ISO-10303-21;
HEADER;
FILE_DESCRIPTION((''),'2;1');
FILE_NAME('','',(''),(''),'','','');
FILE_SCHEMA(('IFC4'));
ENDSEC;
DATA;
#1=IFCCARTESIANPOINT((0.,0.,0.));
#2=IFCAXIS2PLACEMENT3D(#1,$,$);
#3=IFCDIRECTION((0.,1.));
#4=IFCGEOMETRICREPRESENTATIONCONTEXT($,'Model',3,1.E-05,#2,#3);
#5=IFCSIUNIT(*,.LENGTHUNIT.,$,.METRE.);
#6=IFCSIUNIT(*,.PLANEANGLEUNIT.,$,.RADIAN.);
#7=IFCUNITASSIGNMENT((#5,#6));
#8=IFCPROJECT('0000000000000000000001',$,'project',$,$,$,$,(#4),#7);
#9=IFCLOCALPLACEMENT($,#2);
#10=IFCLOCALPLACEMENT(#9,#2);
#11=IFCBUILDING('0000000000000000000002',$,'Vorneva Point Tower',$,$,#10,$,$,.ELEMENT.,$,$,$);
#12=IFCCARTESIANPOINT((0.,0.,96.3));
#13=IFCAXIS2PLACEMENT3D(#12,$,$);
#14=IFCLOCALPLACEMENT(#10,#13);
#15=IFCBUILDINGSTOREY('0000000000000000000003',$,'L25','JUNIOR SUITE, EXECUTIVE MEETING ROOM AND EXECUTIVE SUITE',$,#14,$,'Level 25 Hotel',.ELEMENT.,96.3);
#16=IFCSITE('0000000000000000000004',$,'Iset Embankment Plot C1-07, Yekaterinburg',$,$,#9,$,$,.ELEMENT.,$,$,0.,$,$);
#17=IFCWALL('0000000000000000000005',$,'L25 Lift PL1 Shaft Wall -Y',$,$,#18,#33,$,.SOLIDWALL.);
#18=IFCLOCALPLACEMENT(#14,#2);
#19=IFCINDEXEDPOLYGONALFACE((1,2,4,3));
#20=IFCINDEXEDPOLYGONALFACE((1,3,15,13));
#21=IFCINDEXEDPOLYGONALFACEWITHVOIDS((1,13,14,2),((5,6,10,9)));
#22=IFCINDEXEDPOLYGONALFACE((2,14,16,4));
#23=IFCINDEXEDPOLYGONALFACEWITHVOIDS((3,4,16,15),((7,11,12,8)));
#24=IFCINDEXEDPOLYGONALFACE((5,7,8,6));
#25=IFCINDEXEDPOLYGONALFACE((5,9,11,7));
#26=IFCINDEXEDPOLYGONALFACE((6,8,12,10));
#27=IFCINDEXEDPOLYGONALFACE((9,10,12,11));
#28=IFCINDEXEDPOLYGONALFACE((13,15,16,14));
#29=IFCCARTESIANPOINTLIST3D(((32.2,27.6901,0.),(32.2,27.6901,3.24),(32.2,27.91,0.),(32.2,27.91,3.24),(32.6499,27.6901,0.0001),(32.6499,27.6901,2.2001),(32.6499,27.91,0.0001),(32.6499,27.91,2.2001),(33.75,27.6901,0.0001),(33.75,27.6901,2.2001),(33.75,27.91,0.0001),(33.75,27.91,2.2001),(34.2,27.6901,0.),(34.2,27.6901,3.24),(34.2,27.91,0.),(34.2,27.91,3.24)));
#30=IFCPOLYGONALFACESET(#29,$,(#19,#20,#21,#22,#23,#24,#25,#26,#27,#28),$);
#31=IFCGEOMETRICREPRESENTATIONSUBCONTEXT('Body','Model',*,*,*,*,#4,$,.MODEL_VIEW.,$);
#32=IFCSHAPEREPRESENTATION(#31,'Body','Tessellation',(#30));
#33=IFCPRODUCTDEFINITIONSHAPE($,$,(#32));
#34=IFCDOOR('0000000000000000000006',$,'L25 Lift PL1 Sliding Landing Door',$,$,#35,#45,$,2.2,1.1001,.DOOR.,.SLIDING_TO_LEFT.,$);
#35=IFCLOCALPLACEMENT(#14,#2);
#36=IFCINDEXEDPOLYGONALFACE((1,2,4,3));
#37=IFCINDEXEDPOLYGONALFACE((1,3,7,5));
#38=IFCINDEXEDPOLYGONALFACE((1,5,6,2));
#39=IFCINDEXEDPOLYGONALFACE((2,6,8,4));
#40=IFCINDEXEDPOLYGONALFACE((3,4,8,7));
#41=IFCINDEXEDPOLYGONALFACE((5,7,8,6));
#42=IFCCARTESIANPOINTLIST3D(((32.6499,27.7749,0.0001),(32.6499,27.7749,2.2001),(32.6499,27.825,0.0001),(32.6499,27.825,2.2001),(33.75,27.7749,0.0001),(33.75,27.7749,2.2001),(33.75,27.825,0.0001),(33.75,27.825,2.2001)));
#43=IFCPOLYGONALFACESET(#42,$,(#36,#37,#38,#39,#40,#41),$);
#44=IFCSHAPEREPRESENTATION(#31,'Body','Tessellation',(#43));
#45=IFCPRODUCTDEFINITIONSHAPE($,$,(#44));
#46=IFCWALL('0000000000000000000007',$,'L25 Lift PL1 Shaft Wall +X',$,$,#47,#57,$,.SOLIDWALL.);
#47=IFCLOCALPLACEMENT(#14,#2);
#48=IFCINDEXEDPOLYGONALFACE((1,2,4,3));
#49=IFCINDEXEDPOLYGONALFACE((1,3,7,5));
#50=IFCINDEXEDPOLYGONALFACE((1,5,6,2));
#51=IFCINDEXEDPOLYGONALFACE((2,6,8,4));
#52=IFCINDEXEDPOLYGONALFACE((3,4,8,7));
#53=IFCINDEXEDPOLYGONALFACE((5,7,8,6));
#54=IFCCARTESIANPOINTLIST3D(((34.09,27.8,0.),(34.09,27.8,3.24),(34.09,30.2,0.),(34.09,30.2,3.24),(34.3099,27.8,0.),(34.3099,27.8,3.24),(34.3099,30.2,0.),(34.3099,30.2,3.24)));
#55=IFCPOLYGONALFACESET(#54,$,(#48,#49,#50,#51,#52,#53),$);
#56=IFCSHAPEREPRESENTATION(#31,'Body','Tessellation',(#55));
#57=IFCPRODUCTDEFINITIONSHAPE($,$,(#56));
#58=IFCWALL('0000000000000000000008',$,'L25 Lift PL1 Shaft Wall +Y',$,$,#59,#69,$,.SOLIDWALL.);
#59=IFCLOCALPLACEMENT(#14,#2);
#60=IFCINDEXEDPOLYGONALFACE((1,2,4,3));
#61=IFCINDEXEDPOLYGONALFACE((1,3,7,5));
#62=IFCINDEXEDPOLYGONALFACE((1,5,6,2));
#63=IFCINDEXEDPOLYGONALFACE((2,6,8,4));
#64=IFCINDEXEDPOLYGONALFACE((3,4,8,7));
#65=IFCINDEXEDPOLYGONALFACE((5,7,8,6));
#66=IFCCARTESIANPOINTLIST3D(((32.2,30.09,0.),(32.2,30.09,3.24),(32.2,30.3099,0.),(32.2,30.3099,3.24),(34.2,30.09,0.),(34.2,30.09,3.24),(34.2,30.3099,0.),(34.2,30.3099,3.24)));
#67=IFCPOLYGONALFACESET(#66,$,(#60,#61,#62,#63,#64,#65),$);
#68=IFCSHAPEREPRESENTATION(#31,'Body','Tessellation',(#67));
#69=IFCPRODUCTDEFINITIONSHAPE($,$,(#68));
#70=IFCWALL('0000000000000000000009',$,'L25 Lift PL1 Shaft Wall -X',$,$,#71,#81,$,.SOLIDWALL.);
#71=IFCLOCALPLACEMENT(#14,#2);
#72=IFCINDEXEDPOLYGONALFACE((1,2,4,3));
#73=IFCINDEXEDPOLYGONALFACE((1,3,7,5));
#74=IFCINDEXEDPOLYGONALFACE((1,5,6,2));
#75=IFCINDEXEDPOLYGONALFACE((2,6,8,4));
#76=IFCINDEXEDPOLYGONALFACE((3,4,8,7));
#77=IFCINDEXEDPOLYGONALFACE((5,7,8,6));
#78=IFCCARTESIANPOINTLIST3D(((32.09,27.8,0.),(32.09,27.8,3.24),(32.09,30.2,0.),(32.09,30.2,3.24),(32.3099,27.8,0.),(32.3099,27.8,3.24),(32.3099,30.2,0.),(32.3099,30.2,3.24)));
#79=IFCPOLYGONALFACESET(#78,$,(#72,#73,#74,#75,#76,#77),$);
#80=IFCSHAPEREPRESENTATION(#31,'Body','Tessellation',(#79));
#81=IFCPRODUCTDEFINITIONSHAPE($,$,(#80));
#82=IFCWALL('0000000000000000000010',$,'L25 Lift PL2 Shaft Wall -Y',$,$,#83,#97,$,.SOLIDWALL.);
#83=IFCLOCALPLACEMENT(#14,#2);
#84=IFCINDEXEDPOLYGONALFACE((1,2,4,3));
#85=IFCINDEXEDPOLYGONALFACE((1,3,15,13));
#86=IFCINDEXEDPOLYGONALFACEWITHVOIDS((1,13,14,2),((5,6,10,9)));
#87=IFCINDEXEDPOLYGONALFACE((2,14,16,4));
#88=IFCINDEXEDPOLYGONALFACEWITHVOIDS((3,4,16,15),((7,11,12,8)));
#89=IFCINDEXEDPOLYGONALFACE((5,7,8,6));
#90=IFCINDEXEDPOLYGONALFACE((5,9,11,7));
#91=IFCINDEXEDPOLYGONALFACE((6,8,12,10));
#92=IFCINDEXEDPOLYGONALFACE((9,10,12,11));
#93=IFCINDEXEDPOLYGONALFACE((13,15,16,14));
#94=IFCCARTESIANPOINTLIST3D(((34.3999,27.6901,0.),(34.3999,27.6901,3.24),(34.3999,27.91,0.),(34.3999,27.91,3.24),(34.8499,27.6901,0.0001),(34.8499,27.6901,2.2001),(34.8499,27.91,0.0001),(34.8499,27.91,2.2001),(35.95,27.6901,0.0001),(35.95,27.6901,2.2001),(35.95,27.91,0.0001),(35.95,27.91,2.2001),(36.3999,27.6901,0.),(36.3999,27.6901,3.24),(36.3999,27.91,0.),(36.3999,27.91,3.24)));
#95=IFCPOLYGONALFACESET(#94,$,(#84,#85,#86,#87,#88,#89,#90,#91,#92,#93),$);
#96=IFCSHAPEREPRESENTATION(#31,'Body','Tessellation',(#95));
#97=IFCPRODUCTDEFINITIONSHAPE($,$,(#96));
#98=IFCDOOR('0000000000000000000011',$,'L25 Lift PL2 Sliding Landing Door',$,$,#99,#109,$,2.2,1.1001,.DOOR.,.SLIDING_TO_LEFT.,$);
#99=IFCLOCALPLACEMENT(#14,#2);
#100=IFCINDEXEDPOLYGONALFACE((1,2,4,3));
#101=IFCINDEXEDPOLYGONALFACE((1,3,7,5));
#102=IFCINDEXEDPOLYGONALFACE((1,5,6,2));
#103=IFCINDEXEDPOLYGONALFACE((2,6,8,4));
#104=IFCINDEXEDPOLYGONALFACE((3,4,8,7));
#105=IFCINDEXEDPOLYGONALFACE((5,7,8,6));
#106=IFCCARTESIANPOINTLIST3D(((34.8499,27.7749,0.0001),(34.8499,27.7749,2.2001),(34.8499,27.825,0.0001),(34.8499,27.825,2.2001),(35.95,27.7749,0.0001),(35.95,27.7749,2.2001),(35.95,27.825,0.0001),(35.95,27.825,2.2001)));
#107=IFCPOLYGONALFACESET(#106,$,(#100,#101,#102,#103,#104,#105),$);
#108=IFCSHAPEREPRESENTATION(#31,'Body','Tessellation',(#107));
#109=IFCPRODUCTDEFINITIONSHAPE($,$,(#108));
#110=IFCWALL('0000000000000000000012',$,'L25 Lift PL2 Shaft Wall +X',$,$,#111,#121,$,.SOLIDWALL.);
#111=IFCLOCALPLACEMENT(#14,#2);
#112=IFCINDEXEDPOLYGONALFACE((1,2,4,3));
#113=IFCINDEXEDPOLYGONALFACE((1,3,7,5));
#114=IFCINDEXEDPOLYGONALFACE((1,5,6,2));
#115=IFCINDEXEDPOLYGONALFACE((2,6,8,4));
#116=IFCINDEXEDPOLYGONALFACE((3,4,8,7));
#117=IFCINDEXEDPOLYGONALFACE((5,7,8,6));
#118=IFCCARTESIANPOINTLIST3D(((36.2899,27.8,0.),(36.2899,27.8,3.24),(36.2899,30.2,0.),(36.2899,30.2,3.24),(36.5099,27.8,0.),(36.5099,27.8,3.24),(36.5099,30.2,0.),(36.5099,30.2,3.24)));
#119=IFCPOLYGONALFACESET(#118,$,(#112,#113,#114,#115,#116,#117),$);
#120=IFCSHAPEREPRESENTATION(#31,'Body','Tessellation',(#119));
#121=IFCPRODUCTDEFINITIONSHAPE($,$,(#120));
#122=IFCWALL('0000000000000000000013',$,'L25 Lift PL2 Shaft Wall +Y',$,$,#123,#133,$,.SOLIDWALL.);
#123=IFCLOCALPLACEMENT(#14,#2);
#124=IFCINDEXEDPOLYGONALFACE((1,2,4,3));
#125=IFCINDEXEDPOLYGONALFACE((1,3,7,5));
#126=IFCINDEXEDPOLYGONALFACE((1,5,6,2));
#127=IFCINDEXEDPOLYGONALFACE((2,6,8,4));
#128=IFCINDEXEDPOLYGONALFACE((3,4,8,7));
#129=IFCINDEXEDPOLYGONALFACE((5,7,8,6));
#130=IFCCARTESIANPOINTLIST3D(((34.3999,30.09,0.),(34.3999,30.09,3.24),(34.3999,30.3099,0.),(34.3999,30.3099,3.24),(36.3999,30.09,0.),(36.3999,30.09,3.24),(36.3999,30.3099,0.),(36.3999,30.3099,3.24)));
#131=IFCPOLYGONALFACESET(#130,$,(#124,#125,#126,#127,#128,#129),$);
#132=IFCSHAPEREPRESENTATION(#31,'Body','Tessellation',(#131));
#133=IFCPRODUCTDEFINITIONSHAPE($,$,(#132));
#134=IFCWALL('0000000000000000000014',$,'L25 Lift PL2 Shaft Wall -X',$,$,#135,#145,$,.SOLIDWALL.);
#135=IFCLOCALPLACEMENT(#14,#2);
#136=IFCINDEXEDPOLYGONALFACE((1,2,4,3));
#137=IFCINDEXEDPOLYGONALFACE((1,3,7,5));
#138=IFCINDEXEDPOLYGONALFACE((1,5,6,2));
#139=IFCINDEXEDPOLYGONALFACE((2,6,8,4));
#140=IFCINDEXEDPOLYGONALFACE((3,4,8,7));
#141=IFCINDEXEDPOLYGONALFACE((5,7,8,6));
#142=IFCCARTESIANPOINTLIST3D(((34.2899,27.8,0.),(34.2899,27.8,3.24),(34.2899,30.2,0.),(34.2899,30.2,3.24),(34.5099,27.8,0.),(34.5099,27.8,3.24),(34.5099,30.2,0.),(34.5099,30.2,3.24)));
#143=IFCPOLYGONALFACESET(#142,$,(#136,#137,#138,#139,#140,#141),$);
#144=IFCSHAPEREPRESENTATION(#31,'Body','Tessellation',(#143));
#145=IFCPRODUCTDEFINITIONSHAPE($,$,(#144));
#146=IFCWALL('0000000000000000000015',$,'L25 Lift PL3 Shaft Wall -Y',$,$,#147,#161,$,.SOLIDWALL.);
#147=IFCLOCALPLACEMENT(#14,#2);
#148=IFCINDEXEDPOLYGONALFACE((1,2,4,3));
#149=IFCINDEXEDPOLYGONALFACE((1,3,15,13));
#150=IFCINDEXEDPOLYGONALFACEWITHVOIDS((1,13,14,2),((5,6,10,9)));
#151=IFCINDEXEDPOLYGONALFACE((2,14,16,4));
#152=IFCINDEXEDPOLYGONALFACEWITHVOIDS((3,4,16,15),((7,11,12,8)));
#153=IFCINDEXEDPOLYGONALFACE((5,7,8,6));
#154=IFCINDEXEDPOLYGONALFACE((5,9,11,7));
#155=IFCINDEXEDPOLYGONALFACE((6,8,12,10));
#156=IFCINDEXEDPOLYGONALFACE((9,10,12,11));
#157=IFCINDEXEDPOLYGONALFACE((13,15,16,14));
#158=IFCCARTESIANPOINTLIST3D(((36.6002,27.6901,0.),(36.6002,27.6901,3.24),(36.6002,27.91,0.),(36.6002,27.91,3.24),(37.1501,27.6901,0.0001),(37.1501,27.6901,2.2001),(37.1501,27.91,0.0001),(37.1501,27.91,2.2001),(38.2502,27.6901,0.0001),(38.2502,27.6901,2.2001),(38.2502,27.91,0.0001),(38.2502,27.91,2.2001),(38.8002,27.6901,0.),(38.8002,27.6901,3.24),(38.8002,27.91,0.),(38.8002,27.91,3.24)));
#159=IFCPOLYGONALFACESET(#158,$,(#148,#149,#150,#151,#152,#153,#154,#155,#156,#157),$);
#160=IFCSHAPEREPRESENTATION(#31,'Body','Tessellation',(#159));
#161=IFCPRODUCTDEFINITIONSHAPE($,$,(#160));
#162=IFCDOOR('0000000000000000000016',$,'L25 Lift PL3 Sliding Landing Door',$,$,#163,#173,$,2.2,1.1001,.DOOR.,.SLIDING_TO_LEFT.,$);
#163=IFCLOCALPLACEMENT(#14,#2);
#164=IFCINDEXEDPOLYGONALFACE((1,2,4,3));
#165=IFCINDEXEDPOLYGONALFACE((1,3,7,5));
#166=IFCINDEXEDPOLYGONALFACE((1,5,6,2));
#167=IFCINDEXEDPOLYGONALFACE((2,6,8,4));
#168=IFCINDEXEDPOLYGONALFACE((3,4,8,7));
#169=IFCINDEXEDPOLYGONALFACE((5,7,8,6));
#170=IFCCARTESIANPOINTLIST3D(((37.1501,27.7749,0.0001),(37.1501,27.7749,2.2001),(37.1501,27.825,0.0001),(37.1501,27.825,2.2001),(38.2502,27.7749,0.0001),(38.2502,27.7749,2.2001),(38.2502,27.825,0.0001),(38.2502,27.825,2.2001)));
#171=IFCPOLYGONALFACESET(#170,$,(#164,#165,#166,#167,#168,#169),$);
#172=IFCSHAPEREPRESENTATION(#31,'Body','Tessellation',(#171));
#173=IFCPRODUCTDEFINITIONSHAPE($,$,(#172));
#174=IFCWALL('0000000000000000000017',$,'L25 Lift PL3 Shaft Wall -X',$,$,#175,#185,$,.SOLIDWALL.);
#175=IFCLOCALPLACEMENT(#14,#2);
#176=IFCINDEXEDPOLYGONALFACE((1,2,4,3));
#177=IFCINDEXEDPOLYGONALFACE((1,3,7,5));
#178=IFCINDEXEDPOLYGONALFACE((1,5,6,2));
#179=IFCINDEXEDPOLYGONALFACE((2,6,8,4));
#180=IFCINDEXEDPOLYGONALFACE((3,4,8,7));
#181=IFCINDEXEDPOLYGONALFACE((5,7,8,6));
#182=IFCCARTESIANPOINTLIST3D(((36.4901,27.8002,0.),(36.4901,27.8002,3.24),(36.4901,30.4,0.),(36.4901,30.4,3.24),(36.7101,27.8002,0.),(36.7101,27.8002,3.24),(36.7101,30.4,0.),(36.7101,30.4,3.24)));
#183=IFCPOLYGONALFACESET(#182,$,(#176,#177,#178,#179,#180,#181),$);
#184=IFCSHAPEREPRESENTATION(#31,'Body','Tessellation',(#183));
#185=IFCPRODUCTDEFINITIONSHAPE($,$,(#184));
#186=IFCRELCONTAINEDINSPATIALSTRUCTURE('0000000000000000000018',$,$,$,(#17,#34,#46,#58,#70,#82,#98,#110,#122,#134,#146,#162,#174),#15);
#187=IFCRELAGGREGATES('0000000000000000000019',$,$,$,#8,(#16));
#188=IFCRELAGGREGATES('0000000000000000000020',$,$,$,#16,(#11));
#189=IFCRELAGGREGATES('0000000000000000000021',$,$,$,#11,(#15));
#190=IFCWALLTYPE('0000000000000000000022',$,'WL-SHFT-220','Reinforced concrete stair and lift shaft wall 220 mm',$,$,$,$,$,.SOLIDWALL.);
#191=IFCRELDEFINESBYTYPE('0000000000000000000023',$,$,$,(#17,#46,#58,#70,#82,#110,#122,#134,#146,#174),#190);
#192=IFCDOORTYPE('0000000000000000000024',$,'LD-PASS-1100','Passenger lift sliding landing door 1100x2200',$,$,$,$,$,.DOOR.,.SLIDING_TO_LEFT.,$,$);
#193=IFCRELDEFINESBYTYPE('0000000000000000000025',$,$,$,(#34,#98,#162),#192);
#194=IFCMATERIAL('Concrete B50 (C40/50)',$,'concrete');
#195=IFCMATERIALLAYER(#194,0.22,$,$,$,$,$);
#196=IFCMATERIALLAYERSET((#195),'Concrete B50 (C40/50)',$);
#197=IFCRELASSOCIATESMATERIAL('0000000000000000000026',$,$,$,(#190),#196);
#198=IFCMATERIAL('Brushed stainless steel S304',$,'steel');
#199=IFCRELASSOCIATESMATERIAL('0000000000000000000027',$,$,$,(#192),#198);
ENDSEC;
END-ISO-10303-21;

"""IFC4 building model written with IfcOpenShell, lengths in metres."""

from ifc_helpers import new_model, si_unit, direction, frame, frame_2d, origin, place, context, subcontext, project, spatial, rectangle, extrude, material, layer, layer_set, type_object, element, fill, save


model = new_model("IFC4")

# Units and contexts
model_context = context("Model", 3, precision=1e-05, world=origin(), true_north=direction((0.0, 1.0)))
body_context = subcontext(model_context, "Body", "Model", "MODEL_VIEW")
ifc_project = project(units=[si_unit("LENGTHUNIT", "METRE"), si_unit("PLANEANGLEUNIT", "RADIAN")], contexts=[model_context])

# Site, building, storey
site_placement = place(None, origin())
site = spatial("IfcSite", under=ifc_project, at=site_placement, Name="Iset Embankment Plot C1-07, Yekaterinburg", CompositionType="ELEMENT", RefElevation=0.0)
building_placement = place(site_placement, origin())
building = spatial("IfcBuilding", under=site, at=building_placement, Name="Vorneva Point Tower", CompositionType="ELEMENT")
storey_placement = place(building_placement, frame((0.0, 0.0, 96.3)))
storey = spatial("IfcBuildingStorey", under=building, at=storey_placement, Name="L25", Description="JUNIOR SUITE, EXECUTIVE MEETING ROOM AND EXECUTIVE SUITE", LongName="Level 25 Hotel", CompositionType="ELEMENT", Elevation=96.3)

# Shared definitions
ifc_material_1 = material(Name="Brushed stainless steel S304", Category="steel")

# Wall, opening, door
ifc_material_2 = material(Name="Concrete B50 (C40/50)", Category="concrete")
ifc_layer_1 = layer(ifc_material_2, 0.22)
ifc_layer_set_1 = layer_set([ifc_layer_1], Name="Concrete B50 (C40/50)")
wall_type_1 = type_object("IfcWallType", Name="WL-SHFT-220", Description="Reinforced concrete stair and lift shaft wall 220 mm", PredefinedType="SOLIDWALL", material=ifc_layer_set_1)
wall_1_placement = place(storey_placement, frame((32.2, 27.8, 0.0), z_axis=(0.0, 0.0, 1.0), x_axis=(1.0, 0.0, 0.0)))
wall_1 = element("IfcWall", 1, at=wall_1_placement, inside=storey, type_object=wall_type_1, Name="L25 Lift PL1 Shaft Wall -Y", PredefinedType="SOLIDWALL", context=body_context, shape_type="SweptSolid", body=[
    extrude(rectangle(XDim=2.0, YDim=0.22, at=frame_2d((1.0, 0.0))), origin(), (0.0, 0.0, 1.0), 3.24),
])
opening_1_placement = place(wall_1_placement, frame((0.45, 0.0, 0.0)))
opening_1 = element("IfcOpeningElement", 2, at=opening_1_placement, cuts=wall_1, PredefinedType="OPENING", context=body_context, shape_type="SweptSolid", body=[
    extrude(rectangle(XDim=1.1001, YDim=2.2, at=frame_2d((0.55, 1.1001))), frame((0.0, 0.125, 0.0), z_axis=(0.0, -1.0, 0.0), x_axis=(1.0, 0.0, 0.0)), (0.0, 0.0, 1.0), 0.2498),
])
door_type_1 = type_object("IfcDoorType", Name="LD-PASS-1100", Description="Passenger lift sliding landing door 1100x2200", OperationType="SLIDING_TO_LEFT", PredefinedType="DOOR", material=ifc_material_1)
door_1_placement = place(opening_1_placement, origin())
door_1 = element("IfcDoor", 3, at=door_1_placement, inside=storey, type_object=door_type_1, Name="L25 Lift PL1 Sliding Landing Door", OperationType="SLIDING_TO_LEFT", OverallHeight=2.2, OverallWidth=1.1001, PredefinedType="DOOR", context=body_context, shape_type="SweptSolid", body=[
    extrude(rectangle(XDim=1.1001, YDim=2.2, at=frame_2d((0.55, 1.1001))), frame((0.0, 0.0249, 0.0), z_axis=(0.0, -1.0, 0.0), x_axis=(1.0, 0.0, 0.0)), (0.0, 0.0, 1.0), 0.05),
])
fill(opening_1, door_1)

# Walls
wall_2_placement = place(storey_placement, frame((34.2, 27.8, 0.0), z_axis=(0.0, 0.0, 1.0), x_axis=(0.0, 1.0, 0.0)))
element("IfcWall", 4, at=wall_2_placement, inside=storey, type_object=wall_type_1, Name="L25 Lift PL1 Shaft Wall +X", PredefinedType="SOLIDWALL", context=body_context, shape_type="SweptSolid", body=[
    extrude(rectangle(XDim=2.3999, YDim=0.22, at=frame_2d((1.2, 0.0))), origin(), (0.0, 0.0, 1.0), 3.24),
])
wall_3_placement = place(storey_placement, frame((34.2, 30.2, 0.0), z_axis=(0.0, 0.0, 1.0), x_axis=(-1.0, 0.0, 0.0)))
element("IfcWall", 5, at=wall_3_placement, inside=storey, type_object=wall_type_1, Name="L25 Lift PL1 Shaft Wall +Y", PredefinedType="SOLIDWALL", context=body_context, shape_type="SweptSolid", body=[
    extrude(rectangle(XDim=2.0, YDim=0.22, at=frame_2d((1.0, 0.0))), origin(), (0.0, 0.0, 1.0), 3.24),
])
wall_4_placement = place(storey_placement, frame((32.2, 30.2, 0.0), z_axis=(0.0, 0.0, 1.0), x_axis=(0.0, -1.0, 0.0)))
element("IfcWall", 6, at=wall_4_placement, inside=storey, type_object=wall_type_1, Name="L25 Lift PL1 Shaft Wall -X", PredefinedType="SOLIDWALL", context=body_context, shape_type="SweptSolid", body=[
    extrude(rectangle(XDim=2.3999, YDim=0.22, at=frame_2d((1.2, 0.0))), origin(), (0.0, 0.0, 1.0), 3.24),
])

# Wall, opening, door
wall_5_placement = place(storey_placement, frame((34.3999, 27.8, 0.0), z_axis=(0.0, 0.0, 1.0), x_axis=(1.0, 0.0, 0.0)))
wall_5 = element("IfcWall", 7, at=wall_5_placement, inside=storey, type_object=wall_type_1, Name="L25 Lift PL2 Shaft Wall -Y", PredefinedType="SOLIDWALL", context=body_context, shape_type="SweptSolid", body=[
    extrude(rectangle(XDim=2.0, YDim=0.22, at=frame_2d((1.0, 0.0))), origin(), (0.0, 0.0, 1.0), 3.24),
])
opening_2_placement = place(wall_5_placement, frame((0.45, 0.0, 0.0)))
opening_2 = element("IfcOpeningElement", 8, at=opening_2_placement, cuts=wall_5, PredefinedType="OPENING", context=body_context, shape_type="SweptSolid", body=[
    extrude(rectangle(XDim=1.1001, YDim=2.2, at=frame_2d((0.55, 1.1001))), frame((0.0, 0.125, 0.0), z_axis=(0.0, -1.0, 0.0), x_axis=(1.0, 0.0, 0.0)), (0.0, 0.0, 1.0), 0.2498),
])
door_2_placement = place(opening_2_placement, origin())
door_2 = element("IfcDoor", 9, at=door_2_placement, inside=storey, type_object=door_type_1, Name="L25 Lift PL2 Sliding Landing Door", OperationType="SLIDING_TO_LEFT", OverallHeight=2.2, OverallWidth=1.1001, PredefinedType="DOOR", context=body_context, shape_type="SweptSolid", body=[
    extrude(rectangle(XDim=1.1001, YDim=2.2, at=frame_2d((0.55, 1.1001))), frame((0.0, 0.0249, 0.0), z_axis=(0.0, -1.0, 0.0), x_axis=(1.0, 0.0, 0.0)), (0.0, 0.0, 1.0), 0.05),
])
fill(opening_2, door_2)

# Walls
wall_6_placement = place(storey_placement, frame((36.3999, 27.8, 0.0), z_axis=(0.0, 0.0, 1.0), x_axis=(0.0, 1.0, 0.0)))
element("IfcWall", 10, at=wall_6_placement, inside=storey, type_object=wall_type_1, Name="L25 Lift PL2 Shaft Wall +X", PredefinedType="SOLIDWALL", context=body_context, shape_type="SweptSolid", body=[
    extrude(rectangle(XDim=2.3999, YDim=0.22, at=frame_2d((1.2, 0.0))), origin(), (0.0, 0.0, 1.0), 3.24),
])
wall_7_placement = place(storey_placement, frame((36.3999, 30.2, 0.0), z_axis=(0.0, 0.0, 1.0), x_axis=(-1.0, 0.0, 0.0)))
element("IfcWall", 11, at=wall_7_placement, inside=storey, type_object=wall_type_1, Name="L25 Lift PL2 Shaft Wall +Y", PredefinedType="SOLIDWALL", context=body_context, shape_type="SweptSolid", body=[
    extrude(rectangle(XDim=2.0, YDim=0.22, at=frame_2d((1.0, 0.0))), origin(), (0.0, 0.0, 1.0), 3.24),
])
wall_8_placement = place(storey_placement, frame((34.3999, 30.2, 0.0), z_axis=(0.0, 0.0, 1.0), x_axis=(0.0, -1.0, 0.0)))
element("IfcWall", 12, at=wall_8_placement, inside=storey, type_object=wall_type_1, Name="L25 Lift PL2 Shaft Wall -X", PredefinedType="SOLIDWALL", context=body_context, shape_type="SweptSolid", body=[
    extrude(rectangle(XDim=2.3999, YDim=0.22, at=frame_2d((1.2, 0.0))), origin(), (0.0, 0.0, 1.0), 3.24),
])

# Wall, opening, door
wall_9_placement = place(storey_placement, frame((36.6001, 27.8, 0.0), z_axis=(0.0, 0.0, 1.0), x_axis=(1.0, 0.0, 0.0)))
wall_9 = element("IfcWall", 13, at=wall_9_placement, inside=storey, type_object=wall_type_1, Name="L25 Lift PL3 Shaft Wall -Y", PredefinedType="SOLIDWALL", context=body_context, shape_type="SweptSolid", body=[
    extrude(rectangle(XDim=2.2, YDim=0.22, at=frame_2d((1.1001, 0.0))), origin(), (0.0, 0.0, 1.0), 3.24),
])
opening_3_placement = place(wall_9_placement, frame((0.55, 0.0, 0.0)))
opening_3 = element("IfcOpeningElement", 14, at=opening_3_placement, cuts=wall_9, PredefinedType="OPENING", context=body_context, shape_type="SweptSolid", body=[
    extrude(rectangle(XDim=1.1001, YDim=2.2, at=frame_2d((0.55, 1.1001))), frame((0.0, 0.125, 0.0), z_axis=(0.0, -1.0, 0.0), x_axis=(1.0, 0.0, 0.0)), (0.0, 0.0, 1.0), 0.2498),
])
door_3_placement = place(opening_3_placement, origin())
door_3 = element("IfcDoor", 15, at=door_3_placement, inside=storey, type_object=door_type_1, Name="L25 Lift PL3 Sliding Landing Door", OperationType="SLIDING_TO_LEFT", OverallHeight=2.2, OverallWidth=1.1001, PredefinedType="DOOR", context=body_context, shape_type="SweptSolid", body=[
    extrude(rectangle(XDim=1.1001, YDim=2.2, at=frame_2d((0.55, 1.1001))), frame((0.0, 0.0249, 0.0), z_axis=(0.0, -1.0, 0.0), x_axis=(1.0, 0.0, 0.0)), (0.0, 0.0, 1.0), 0.05),
])
fill(opening_3, door_3)

# Wall
wall_10_placement = place(storey_placement, frame((36.6001, 30.3999, 0.0), z_axis=(0.0, 0.0, 1.0), x_axis=(0.0, -1.0, 0.0)))
element("IfcWall", 16, at=wall_10_placement, inside=storey, type_object=wall_type_1, Name="L25 Lift PL3 Shaft Wall -X", PredefinedType="SOLIDWALL", context=body_context, shape_type="SweptSolid", body=[
    extrude(rectangle(XDim=2.5999, YDim=0.22, at=frame_2d((1.2998, 0.0))), origin(), (0.0, 0.0, 1.0), 3.24),
])

save(model, "model.ifc")
